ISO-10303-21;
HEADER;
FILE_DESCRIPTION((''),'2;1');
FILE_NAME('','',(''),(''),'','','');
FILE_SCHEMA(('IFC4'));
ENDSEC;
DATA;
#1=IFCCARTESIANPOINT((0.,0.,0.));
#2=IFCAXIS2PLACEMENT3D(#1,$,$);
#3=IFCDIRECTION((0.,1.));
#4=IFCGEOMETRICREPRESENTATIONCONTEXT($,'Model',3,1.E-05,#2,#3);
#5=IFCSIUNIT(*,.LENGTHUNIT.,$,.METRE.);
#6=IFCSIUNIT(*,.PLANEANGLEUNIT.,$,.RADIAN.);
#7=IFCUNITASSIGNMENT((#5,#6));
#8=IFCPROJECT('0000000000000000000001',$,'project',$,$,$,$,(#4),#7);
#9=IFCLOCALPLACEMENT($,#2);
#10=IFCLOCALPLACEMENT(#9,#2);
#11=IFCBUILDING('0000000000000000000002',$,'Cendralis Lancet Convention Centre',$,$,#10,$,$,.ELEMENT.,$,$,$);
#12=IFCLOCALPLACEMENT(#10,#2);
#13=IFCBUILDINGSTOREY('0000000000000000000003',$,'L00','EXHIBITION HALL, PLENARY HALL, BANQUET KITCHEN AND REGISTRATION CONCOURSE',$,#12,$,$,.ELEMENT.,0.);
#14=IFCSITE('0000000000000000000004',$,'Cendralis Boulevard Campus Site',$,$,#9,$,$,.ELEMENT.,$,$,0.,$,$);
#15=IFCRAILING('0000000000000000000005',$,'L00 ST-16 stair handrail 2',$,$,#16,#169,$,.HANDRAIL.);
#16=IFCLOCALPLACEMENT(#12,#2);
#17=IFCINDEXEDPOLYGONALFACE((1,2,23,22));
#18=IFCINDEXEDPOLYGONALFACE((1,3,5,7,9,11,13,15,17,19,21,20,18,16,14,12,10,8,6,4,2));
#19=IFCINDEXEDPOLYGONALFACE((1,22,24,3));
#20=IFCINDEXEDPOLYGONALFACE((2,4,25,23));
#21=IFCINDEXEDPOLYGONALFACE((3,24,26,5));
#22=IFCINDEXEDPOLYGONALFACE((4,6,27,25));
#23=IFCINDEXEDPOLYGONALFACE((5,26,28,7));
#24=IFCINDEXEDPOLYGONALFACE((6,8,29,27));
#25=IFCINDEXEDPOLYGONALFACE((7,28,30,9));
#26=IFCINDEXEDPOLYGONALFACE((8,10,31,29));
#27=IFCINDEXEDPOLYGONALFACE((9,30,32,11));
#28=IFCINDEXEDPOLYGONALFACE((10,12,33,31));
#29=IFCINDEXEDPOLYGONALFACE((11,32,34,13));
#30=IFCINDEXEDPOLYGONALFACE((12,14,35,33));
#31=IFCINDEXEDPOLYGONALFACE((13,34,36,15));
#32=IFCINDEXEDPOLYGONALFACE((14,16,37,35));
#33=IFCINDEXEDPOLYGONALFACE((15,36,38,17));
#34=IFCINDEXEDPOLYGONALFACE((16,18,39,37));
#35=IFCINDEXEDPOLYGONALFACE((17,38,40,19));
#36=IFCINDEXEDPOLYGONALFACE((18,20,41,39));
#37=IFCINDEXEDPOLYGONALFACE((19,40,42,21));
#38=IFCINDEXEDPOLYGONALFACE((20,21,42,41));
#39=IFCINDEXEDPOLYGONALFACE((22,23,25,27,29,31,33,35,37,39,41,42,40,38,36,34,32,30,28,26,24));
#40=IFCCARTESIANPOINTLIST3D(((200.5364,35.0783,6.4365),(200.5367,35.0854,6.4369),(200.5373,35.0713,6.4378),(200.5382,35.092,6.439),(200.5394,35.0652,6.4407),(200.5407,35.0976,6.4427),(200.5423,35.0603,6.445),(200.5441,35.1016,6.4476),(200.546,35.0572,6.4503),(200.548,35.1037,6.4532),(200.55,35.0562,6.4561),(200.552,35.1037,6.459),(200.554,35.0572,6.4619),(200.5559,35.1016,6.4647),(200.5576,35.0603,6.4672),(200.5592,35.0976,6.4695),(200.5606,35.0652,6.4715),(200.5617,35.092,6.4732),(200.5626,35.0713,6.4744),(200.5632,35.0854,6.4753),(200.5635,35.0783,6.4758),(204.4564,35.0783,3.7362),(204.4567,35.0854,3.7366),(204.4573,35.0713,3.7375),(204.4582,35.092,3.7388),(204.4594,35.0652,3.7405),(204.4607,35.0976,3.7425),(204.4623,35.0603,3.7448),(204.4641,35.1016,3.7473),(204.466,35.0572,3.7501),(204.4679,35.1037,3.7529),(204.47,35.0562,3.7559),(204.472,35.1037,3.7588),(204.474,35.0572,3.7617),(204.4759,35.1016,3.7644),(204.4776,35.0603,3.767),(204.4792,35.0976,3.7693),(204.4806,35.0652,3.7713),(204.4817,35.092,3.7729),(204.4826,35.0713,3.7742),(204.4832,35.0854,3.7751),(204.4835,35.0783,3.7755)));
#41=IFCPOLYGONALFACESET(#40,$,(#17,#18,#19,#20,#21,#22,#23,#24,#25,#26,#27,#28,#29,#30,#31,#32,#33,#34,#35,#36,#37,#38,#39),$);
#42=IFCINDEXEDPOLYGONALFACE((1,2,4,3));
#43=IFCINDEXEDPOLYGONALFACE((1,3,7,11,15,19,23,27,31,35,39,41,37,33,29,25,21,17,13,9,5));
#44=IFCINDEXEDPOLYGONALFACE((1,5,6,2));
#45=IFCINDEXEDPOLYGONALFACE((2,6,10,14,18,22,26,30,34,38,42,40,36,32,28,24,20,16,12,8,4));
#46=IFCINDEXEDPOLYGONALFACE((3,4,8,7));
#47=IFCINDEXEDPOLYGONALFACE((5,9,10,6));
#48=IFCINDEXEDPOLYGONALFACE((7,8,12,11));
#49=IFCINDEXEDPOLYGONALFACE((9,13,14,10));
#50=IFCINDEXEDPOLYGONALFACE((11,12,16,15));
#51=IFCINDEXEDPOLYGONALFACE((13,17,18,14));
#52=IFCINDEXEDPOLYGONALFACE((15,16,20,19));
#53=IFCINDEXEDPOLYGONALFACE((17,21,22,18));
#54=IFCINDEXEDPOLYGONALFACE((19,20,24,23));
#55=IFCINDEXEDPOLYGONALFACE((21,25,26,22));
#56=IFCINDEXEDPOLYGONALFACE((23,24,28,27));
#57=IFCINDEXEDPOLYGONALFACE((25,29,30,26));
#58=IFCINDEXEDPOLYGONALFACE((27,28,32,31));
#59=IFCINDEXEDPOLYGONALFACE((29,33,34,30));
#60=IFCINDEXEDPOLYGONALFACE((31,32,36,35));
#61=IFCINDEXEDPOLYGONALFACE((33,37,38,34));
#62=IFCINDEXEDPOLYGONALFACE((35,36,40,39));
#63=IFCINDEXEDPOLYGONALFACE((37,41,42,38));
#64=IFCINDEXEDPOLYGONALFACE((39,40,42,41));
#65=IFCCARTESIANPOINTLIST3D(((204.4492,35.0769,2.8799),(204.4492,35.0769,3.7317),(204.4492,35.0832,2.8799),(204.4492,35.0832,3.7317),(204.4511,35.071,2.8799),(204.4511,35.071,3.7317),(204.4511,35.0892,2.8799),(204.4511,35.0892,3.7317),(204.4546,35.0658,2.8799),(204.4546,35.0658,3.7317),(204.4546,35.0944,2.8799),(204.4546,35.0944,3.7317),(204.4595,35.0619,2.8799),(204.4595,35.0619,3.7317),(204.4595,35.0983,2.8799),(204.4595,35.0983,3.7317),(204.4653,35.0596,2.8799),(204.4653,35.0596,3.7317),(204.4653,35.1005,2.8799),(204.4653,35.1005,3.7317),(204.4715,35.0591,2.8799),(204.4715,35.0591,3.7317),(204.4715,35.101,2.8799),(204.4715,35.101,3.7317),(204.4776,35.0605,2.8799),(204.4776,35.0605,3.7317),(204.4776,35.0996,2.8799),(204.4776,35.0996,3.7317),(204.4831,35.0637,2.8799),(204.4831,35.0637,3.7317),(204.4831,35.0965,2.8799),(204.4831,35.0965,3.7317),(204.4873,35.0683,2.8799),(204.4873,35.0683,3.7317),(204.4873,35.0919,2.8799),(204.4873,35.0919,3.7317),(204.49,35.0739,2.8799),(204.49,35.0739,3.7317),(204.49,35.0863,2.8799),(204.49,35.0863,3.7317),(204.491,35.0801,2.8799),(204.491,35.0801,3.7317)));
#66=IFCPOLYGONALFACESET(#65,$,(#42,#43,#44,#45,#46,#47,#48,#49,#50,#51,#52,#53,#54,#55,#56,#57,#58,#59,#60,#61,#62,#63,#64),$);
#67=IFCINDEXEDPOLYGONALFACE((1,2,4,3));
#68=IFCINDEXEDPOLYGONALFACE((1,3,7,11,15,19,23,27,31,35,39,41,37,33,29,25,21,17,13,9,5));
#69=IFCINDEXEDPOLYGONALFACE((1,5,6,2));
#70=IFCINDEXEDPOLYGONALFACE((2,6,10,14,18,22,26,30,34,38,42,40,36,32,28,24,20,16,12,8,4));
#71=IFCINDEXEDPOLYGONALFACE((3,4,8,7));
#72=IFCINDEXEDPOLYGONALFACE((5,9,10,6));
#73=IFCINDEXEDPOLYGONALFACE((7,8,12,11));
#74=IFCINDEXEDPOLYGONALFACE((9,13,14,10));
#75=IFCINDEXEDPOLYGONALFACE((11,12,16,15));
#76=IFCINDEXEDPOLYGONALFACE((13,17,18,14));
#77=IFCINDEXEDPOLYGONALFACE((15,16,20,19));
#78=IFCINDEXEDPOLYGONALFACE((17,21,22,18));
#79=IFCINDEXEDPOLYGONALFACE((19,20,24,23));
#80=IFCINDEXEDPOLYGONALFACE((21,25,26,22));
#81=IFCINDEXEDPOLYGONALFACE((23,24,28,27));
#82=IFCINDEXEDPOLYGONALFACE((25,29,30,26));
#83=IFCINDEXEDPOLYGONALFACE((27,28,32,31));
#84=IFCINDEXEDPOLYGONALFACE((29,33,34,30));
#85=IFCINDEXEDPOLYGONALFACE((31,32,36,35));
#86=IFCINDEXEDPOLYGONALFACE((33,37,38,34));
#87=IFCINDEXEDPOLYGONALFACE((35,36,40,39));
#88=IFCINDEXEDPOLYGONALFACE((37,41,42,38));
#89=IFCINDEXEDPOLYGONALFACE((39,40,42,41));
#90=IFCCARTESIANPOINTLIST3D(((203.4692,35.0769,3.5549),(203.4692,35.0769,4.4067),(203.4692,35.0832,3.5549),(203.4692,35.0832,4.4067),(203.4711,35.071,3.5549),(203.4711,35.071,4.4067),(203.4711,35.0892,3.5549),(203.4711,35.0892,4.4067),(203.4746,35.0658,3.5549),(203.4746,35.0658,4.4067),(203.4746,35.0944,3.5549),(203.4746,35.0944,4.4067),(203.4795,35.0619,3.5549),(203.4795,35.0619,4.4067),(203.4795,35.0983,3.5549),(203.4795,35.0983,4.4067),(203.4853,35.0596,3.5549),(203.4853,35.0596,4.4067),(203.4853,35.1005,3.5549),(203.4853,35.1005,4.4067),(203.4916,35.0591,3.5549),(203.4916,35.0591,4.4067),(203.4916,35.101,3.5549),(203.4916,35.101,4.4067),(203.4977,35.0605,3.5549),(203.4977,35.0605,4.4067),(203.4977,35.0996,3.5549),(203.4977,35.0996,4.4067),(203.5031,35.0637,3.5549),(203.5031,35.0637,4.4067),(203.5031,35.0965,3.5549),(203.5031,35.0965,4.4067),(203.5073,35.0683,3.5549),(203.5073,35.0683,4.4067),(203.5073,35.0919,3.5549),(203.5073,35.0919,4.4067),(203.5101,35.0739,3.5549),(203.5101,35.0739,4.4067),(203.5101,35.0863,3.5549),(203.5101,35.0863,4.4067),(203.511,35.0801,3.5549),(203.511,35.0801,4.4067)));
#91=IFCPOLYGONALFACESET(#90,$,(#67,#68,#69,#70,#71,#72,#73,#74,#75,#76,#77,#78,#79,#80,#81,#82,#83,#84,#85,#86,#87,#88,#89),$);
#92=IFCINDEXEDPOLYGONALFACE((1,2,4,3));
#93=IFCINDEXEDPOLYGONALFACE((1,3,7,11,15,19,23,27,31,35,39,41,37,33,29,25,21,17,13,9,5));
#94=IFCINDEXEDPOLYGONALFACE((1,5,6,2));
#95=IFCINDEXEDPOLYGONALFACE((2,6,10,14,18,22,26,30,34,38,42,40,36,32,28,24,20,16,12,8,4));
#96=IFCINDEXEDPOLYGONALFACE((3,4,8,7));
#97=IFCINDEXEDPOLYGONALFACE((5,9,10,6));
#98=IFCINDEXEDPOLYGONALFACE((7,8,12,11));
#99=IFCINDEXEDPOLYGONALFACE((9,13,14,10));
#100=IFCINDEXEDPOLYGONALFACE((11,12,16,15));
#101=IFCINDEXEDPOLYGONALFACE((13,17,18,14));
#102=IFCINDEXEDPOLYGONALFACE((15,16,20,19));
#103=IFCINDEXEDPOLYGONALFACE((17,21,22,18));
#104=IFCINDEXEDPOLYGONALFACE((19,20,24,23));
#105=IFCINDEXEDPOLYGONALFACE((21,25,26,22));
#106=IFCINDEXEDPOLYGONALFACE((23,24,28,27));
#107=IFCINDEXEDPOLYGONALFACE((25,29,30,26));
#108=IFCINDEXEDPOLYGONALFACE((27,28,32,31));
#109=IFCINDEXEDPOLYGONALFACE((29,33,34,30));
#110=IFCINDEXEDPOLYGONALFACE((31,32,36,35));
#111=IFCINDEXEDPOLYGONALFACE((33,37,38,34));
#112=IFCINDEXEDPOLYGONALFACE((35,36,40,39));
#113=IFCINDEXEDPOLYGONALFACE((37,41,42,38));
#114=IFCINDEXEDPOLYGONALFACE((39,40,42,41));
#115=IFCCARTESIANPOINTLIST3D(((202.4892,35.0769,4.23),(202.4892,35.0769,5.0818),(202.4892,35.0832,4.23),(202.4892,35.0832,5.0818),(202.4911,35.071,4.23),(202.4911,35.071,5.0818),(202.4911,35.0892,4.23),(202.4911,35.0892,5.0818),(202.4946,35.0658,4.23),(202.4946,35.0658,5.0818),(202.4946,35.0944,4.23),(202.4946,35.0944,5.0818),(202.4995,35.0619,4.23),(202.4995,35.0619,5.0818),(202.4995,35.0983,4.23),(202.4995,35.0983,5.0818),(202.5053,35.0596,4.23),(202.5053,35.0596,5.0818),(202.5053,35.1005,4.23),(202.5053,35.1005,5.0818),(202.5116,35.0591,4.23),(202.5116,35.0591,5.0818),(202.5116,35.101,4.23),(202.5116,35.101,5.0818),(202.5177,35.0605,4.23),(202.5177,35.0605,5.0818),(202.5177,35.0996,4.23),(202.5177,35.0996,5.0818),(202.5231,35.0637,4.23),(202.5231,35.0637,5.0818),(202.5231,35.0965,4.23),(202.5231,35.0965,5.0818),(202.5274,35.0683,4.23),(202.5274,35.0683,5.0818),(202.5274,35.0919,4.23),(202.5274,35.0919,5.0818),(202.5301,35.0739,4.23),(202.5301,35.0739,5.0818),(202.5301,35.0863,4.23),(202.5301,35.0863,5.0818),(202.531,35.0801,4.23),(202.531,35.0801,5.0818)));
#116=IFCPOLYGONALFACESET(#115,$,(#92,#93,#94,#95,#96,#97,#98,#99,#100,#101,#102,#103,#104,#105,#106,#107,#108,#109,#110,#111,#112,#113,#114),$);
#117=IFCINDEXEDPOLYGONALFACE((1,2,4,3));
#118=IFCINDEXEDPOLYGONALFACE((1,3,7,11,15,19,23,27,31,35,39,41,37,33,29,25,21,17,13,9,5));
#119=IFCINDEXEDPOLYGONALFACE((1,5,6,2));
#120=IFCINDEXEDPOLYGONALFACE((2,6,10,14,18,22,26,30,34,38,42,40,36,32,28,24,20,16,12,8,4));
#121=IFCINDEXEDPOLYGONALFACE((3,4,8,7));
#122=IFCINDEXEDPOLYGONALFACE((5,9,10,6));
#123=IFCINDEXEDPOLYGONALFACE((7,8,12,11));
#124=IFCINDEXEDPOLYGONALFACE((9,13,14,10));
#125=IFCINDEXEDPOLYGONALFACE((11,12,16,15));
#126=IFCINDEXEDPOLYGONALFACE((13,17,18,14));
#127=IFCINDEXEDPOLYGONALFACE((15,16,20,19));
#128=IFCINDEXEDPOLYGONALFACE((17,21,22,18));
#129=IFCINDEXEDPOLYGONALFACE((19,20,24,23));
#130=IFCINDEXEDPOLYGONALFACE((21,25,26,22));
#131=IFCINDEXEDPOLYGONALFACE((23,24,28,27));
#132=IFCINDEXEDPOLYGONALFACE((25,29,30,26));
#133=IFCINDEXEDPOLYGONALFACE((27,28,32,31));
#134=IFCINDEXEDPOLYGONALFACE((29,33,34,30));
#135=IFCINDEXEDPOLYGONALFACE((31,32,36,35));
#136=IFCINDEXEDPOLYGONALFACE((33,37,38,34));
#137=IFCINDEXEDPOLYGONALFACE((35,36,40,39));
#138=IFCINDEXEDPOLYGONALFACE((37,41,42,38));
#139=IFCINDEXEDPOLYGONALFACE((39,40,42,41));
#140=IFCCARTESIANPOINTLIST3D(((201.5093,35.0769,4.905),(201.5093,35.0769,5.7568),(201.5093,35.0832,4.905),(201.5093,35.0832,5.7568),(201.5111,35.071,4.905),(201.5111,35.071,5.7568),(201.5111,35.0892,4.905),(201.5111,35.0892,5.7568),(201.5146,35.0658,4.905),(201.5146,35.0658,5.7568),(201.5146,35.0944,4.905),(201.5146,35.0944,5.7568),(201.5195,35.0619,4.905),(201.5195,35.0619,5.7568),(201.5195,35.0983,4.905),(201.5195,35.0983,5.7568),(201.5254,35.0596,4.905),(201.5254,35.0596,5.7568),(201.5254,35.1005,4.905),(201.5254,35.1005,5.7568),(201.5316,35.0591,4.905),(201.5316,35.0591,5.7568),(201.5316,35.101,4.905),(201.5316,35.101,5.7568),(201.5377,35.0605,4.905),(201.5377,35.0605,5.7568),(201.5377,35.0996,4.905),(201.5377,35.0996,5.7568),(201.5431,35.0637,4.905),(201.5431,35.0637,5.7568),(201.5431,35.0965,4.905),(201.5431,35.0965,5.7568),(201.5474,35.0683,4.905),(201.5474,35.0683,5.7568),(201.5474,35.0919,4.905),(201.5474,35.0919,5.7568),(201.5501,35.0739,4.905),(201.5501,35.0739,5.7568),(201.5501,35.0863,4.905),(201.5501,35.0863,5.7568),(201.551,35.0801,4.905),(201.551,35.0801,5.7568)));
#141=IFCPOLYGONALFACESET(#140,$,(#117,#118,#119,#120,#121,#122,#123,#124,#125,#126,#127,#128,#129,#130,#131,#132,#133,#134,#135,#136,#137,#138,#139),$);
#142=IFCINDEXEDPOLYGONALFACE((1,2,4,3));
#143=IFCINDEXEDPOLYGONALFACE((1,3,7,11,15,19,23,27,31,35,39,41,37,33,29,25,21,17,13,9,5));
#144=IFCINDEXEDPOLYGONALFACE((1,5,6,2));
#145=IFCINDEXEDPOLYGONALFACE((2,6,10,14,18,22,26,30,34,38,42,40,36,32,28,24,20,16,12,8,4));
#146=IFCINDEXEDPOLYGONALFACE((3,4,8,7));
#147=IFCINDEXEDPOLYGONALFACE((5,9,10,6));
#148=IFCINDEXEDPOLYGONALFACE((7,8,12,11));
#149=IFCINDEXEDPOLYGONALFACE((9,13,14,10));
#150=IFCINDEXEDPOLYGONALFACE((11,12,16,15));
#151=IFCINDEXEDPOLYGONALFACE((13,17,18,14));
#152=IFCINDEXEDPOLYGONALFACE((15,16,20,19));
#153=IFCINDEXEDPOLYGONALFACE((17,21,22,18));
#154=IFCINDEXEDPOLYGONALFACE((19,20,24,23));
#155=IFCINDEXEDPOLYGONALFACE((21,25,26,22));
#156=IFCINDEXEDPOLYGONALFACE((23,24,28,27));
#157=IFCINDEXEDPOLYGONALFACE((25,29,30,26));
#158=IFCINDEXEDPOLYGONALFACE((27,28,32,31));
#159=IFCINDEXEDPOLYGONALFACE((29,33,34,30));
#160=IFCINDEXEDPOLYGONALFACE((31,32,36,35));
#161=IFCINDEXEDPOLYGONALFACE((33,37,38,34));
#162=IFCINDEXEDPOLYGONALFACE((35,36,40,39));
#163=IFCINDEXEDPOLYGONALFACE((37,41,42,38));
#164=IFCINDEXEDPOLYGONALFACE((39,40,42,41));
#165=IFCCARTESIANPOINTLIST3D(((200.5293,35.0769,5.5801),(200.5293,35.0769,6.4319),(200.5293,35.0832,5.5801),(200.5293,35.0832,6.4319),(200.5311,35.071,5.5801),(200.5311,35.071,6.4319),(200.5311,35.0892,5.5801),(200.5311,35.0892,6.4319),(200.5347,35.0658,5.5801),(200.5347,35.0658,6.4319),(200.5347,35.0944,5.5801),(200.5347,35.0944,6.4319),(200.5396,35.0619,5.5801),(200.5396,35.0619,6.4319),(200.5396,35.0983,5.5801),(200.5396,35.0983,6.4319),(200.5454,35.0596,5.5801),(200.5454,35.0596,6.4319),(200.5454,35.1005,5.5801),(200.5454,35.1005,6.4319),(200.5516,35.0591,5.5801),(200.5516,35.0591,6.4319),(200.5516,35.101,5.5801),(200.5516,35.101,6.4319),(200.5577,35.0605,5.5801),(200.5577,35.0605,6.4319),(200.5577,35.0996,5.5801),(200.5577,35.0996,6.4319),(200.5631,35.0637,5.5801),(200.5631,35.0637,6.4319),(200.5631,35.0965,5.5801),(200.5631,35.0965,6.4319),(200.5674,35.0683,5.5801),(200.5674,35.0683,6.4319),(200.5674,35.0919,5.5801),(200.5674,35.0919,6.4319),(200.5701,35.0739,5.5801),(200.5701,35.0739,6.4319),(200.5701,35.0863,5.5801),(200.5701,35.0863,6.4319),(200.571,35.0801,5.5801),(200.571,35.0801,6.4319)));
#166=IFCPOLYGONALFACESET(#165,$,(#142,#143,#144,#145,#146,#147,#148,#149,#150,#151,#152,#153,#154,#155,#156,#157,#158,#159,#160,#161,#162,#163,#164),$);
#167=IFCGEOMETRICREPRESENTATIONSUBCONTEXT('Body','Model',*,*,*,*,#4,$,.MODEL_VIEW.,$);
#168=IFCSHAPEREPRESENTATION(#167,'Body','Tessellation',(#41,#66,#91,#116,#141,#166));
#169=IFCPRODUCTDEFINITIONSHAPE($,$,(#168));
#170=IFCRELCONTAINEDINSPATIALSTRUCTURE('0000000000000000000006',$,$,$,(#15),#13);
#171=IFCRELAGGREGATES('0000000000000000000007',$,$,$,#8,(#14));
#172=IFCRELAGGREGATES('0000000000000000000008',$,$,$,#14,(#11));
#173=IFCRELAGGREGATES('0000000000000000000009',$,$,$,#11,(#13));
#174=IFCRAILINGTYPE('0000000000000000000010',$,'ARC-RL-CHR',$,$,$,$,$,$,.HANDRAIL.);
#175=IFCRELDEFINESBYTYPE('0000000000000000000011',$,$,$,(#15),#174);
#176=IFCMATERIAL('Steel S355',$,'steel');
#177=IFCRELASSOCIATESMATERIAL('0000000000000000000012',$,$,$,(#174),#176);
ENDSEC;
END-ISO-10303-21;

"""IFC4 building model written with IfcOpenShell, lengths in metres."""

from ifc_helpers import new_model, si_unit, direction, frame, origin, origin_2d, place, context, subcontext, project, spatial, circle, extrude, material, type_object, element, save


model = new_model("IFC4")

# Units and contexts
model_context = context("Model", 3, precision=1e-05, world=origin(), true_north=direction((0.0, 1.0)))
body_context = subcontext(model_context, "Body", "Model", "MODEL_VIEW")
ifc_project = project(units=[si_unit("LENGTHUNIT", "METRE"), si_unit("PLANEANGLEUNIT", "RADIAN")], contexts=[model_context])

# Site, building, storey
site_placement = place(None, origin())
site = spatial("IfcSite", under=ifc_project, at=site_placement, Name="Cendralis Boulevard Campus Site", CompositionType="ELEMENT", RefElevation=0.0)
building_placement = place(site_placement, origin())
building = spatial("IfcBuilding", under=site, at=building_placement, Name="Cendralis Lancet Convention Centre", CompositionType="ELEMENT")
storey_placement = place(building_placement, origin())
storey = spatial("IfcBuildingStorey", under=building, at=storey_placement, Name="L00", Description="EXHIBITION HALL, PLENARY HALL, BANQUET KITCHEN AND REGISTRATION CONCOURSE", CompositionType="ELEMENT", Elevation=0.0)

# Shared definitions
ifc_material_1 = material(Name="Steel S355", Category="steel")

# Railing
railing_type_1 = type_object("IfcRailingType", Name="ARC-RL-CHR", PredefinedType="HANDRAIL", material=ifc_material_1)
railing_1_placement = place(storey_placement, frame((204.47, 35.0801, 2.8799)))
element("IfcRailing", 1, at=railing_1_placement, inside=storey, type_object=railing_type_1, Name="L00 ST-16 stair handrail 2", PredefinedType="HANDRAIL", context=body_context, shape_type="SweptSolid", body=[
    extrude(circle(Radius=0.0239, at=origin_2d()), frame((0.0, 0.0, 0.876), z_axis=(-0.823527, 0.0, 0.567277), x_axis=(0.0, -1.0, 0.0)), (0.0, 0.0, 1.0), 4.76),
    extrude(circle(Radius=0.021, at=origin_2d()), origin(), (0.0, 0.0, 1.0), 0.8518),
    extrude(circle(Radius=0.021, at=origin_2d()), frame((-0.98, 0.0, 0.675)), (0.0, 0.0, 1.0), 0.8518),
    extrude(circle(Radius=0.021, at=origin_2d()), frame((-1.96, 0.0, 1.3501)), (0.0, 0.0, 1.0), 0.8518),
    extrude(circle(Radius=0.021, at=origin_2d()), frame((-2.9399, 0.0, 2.0251)), (0.0, 0.0, 1.0), 0.8518),
    extrude(circle(Radius=0.021, at=origin_2d()), frame((-3.9199, 0.0, 2.7002)), (0.0, 0.0, 1.0), 0.8518),
])

save(model, "model.ifc")
